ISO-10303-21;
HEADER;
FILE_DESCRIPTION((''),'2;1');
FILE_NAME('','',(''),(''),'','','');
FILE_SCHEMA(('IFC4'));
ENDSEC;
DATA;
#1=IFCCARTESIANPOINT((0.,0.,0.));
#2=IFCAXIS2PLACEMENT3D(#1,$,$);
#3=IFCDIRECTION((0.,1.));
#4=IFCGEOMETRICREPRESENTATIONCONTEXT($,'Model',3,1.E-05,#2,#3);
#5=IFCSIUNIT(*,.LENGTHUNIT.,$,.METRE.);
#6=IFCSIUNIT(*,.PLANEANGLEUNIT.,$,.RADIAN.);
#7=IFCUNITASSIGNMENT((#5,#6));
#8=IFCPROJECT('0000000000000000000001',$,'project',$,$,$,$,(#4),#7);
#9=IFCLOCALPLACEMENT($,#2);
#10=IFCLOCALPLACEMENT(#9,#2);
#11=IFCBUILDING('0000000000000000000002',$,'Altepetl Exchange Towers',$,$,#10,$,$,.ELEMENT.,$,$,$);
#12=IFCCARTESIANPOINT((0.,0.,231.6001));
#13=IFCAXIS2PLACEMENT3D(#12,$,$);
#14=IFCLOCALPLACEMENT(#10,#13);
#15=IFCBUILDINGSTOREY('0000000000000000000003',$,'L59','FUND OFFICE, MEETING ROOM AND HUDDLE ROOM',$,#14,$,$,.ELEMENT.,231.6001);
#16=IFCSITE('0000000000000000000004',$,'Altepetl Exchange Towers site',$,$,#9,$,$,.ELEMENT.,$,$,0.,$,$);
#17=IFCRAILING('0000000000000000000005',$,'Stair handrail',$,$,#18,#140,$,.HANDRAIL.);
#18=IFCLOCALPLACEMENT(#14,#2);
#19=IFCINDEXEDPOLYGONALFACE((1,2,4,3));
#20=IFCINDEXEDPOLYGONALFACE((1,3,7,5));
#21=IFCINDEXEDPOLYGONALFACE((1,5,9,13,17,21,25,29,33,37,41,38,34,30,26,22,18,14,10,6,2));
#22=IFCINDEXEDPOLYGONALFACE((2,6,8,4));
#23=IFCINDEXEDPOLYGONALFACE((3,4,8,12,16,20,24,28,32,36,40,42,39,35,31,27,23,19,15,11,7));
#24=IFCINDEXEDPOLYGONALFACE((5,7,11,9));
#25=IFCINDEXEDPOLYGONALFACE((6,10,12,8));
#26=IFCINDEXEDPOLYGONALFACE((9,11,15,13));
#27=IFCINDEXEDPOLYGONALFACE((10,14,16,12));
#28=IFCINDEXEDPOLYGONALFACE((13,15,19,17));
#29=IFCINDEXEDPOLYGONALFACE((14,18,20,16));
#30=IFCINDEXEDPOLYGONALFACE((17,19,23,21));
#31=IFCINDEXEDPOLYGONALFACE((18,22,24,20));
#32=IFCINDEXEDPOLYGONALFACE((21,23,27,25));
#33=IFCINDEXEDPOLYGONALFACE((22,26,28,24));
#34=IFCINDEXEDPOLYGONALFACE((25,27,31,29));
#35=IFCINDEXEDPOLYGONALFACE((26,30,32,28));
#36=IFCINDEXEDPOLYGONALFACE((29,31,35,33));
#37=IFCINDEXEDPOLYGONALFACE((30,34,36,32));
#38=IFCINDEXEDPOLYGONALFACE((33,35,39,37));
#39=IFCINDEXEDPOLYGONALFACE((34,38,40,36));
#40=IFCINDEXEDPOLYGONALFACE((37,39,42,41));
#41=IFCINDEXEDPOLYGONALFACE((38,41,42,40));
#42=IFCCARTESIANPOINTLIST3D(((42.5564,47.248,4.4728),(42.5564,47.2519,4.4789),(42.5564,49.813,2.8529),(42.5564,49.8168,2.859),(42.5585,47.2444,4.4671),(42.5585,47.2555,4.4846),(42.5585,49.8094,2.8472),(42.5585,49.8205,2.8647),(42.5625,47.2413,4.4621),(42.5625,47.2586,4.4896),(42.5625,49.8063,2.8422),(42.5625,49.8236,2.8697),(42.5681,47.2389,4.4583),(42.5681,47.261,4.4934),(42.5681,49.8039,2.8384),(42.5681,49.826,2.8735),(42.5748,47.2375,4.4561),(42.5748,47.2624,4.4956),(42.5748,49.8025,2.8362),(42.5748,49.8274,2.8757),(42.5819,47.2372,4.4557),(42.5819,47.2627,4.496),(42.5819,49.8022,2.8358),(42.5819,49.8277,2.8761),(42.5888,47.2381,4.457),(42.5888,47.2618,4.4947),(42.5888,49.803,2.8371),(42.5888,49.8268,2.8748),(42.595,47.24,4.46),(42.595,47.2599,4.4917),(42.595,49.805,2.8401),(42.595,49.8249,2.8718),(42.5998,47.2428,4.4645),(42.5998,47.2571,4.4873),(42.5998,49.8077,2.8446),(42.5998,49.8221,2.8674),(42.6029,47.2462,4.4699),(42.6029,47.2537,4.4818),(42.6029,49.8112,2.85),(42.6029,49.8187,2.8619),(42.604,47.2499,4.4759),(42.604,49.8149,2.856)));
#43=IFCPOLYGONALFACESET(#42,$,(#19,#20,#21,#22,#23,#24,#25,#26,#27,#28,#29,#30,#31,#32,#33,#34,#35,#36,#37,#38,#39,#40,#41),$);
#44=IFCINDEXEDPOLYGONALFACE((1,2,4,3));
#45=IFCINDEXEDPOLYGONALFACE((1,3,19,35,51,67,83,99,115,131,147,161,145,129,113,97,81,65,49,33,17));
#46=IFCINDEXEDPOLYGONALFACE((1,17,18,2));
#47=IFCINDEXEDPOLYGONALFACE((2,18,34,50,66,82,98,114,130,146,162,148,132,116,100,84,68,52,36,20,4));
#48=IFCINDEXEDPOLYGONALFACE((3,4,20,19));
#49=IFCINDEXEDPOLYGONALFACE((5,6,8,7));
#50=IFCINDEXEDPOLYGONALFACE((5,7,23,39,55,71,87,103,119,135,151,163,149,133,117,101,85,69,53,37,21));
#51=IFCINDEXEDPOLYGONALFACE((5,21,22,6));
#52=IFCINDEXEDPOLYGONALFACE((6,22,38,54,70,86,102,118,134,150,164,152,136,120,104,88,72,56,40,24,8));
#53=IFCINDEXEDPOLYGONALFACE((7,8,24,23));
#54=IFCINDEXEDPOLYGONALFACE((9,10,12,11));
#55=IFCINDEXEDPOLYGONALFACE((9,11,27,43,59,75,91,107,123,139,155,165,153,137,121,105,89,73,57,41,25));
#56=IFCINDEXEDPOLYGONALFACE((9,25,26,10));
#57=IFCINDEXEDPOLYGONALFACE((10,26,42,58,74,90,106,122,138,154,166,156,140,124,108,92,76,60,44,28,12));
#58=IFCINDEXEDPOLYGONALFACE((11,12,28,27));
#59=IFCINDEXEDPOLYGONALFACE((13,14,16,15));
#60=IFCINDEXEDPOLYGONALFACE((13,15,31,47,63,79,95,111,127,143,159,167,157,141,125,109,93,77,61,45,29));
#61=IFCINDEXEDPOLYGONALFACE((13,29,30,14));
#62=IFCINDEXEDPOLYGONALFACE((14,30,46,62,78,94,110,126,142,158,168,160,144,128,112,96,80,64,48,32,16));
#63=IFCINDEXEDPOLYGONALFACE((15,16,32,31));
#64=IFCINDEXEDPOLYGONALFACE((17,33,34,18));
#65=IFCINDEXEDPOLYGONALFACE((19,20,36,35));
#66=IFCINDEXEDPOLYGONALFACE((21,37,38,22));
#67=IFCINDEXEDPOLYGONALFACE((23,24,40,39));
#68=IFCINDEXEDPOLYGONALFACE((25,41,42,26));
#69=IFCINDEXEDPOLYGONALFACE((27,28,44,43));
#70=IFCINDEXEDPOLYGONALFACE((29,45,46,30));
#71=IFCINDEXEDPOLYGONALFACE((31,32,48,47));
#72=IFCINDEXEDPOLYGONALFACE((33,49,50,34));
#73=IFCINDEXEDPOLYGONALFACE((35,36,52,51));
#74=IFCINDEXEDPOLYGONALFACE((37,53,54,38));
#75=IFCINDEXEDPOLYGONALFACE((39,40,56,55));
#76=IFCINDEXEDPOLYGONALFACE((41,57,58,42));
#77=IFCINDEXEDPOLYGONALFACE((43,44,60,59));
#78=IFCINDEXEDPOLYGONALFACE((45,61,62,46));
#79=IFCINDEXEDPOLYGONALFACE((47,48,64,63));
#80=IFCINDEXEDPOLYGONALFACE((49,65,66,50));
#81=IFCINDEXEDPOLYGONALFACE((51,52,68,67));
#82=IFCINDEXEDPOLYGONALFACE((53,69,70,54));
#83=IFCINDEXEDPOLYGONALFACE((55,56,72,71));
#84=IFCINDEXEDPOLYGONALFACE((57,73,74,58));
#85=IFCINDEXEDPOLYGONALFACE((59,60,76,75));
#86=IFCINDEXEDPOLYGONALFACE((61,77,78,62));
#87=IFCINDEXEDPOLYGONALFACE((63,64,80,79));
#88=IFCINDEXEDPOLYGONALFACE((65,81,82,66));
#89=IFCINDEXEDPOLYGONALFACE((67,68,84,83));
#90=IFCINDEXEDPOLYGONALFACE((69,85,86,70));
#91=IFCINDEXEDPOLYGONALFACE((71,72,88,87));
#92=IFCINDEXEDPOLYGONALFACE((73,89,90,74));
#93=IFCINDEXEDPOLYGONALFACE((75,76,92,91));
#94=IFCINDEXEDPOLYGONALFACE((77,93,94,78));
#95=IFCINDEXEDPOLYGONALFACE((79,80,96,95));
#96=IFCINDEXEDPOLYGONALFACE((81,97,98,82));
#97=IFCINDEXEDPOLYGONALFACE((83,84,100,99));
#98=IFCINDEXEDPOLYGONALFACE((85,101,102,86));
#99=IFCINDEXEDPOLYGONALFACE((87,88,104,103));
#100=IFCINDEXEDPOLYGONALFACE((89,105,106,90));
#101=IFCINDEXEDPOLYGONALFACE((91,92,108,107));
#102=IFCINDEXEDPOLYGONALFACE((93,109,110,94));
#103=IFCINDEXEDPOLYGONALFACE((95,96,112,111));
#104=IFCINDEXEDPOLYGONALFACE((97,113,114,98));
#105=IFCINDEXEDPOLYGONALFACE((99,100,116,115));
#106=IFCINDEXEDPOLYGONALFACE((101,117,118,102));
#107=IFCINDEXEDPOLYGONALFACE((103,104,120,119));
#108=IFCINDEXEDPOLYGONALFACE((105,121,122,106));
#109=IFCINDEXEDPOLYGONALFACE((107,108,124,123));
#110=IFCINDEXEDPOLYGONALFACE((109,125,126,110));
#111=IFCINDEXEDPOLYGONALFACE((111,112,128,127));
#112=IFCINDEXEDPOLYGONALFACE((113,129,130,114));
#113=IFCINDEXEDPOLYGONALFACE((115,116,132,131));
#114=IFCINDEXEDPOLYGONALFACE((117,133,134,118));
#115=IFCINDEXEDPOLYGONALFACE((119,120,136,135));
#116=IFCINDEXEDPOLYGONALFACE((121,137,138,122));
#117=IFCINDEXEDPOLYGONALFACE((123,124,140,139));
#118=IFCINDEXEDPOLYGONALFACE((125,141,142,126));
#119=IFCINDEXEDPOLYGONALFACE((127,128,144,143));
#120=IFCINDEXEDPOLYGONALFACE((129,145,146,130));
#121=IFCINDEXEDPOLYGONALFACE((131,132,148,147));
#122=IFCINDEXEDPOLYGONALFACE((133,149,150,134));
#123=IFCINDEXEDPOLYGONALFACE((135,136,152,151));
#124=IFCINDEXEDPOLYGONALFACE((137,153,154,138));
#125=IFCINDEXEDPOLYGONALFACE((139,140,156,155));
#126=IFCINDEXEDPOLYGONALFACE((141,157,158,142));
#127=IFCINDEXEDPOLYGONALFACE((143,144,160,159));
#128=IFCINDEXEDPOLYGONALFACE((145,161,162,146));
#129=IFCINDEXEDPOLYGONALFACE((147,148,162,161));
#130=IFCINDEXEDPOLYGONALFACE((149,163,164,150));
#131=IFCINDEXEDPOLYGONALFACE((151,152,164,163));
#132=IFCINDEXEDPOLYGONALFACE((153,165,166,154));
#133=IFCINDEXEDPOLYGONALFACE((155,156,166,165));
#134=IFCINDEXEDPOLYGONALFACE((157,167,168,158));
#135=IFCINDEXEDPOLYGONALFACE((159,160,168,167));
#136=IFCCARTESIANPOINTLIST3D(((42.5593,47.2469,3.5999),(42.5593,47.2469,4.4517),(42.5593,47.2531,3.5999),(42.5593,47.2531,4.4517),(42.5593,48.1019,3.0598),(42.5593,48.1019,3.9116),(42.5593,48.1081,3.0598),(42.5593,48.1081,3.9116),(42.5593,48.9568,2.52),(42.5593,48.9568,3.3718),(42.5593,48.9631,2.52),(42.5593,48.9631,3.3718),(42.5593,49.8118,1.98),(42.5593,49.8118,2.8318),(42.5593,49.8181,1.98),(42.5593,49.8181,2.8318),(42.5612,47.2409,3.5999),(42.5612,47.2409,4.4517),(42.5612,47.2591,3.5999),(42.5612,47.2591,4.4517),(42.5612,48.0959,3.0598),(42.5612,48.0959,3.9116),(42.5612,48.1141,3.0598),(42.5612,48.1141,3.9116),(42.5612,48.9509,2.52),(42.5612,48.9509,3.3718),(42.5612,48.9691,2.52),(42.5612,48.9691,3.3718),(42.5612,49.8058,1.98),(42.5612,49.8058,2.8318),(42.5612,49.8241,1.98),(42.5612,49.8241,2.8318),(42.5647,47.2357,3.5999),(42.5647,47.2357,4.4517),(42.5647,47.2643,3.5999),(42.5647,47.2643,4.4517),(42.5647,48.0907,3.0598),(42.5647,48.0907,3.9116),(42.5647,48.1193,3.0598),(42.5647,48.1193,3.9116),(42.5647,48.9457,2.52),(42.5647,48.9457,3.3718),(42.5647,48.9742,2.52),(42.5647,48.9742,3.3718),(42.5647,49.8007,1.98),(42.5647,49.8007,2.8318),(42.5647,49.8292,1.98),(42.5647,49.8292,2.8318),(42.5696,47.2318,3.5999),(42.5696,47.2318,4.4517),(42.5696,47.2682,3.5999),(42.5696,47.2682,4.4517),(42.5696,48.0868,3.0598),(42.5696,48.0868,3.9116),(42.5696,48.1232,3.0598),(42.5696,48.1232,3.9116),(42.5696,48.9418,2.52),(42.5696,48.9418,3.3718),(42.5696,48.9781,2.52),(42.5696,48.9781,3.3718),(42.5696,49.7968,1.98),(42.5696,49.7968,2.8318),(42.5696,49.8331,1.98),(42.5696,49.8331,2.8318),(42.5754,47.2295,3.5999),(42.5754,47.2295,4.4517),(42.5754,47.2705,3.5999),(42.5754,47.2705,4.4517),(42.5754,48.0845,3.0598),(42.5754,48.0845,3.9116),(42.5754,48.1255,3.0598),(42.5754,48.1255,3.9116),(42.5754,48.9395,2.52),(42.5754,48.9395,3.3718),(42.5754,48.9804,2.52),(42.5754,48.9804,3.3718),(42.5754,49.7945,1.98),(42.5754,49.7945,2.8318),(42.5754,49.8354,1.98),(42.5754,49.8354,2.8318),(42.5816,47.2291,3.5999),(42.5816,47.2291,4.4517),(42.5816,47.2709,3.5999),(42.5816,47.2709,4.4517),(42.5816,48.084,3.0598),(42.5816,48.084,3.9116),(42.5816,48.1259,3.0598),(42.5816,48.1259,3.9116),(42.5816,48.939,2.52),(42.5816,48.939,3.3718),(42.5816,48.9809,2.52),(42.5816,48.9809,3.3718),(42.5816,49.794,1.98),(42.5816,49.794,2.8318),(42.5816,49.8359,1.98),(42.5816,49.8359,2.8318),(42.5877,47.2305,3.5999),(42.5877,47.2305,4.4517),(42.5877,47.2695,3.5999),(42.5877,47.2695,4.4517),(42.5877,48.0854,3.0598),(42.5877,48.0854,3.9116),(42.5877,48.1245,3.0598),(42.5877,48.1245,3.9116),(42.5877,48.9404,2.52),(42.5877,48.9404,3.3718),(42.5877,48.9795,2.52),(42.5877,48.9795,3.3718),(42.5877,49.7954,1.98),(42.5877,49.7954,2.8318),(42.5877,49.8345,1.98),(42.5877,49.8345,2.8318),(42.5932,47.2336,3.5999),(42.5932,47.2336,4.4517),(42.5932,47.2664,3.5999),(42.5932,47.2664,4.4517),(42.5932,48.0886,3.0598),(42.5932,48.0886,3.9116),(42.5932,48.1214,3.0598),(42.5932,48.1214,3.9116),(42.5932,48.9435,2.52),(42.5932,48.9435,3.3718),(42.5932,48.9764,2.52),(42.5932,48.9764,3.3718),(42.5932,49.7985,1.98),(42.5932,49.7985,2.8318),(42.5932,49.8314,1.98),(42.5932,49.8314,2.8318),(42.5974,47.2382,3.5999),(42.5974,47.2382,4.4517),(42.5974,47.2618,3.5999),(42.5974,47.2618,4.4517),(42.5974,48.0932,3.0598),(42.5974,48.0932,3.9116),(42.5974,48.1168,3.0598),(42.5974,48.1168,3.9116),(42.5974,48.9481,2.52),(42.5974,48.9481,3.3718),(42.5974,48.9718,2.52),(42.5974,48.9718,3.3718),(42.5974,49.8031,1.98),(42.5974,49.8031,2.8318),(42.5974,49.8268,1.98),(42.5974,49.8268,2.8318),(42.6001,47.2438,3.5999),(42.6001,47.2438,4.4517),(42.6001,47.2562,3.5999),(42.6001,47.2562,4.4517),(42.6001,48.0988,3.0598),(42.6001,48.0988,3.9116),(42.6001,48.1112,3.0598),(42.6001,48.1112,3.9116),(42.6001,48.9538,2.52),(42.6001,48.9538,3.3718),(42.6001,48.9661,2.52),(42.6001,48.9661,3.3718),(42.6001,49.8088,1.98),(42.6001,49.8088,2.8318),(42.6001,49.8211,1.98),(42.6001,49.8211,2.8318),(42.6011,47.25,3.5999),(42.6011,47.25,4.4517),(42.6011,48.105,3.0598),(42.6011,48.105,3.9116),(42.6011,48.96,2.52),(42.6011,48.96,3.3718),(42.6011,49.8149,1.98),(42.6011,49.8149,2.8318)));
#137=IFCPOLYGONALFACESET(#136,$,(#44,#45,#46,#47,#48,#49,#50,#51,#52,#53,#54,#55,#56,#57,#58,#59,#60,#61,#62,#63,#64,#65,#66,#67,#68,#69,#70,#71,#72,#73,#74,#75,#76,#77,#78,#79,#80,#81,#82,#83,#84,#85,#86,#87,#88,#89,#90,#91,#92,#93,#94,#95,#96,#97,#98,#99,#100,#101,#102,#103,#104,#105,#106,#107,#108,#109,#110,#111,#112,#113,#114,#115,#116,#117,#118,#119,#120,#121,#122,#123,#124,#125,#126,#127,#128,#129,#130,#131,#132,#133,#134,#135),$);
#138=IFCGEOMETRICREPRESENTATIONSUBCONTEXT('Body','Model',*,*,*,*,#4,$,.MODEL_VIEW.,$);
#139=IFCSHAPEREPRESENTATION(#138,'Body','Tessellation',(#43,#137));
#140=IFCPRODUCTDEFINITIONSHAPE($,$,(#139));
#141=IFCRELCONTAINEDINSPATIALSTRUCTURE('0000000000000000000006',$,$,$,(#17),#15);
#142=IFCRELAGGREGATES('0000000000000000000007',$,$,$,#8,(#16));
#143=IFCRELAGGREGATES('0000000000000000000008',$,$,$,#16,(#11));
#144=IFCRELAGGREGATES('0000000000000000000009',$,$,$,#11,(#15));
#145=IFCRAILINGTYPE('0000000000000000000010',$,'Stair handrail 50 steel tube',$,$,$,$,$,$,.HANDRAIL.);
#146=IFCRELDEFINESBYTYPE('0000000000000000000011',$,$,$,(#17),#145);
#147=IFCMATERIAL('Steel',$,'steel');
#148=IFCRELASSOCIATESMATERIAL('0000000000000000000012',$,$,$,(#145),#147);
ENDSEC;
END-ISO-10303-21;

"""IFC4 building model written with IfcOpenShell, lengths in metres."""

from ifc_helpers import new_model, si_unit, direction, frame, origin, origin_2d, place, context, subcontext, project, spatial, circle, extrude, source, transform, mapped, material, type_object, element, save


model = new_model("IFC4")

# Units and contexts
model_context = context("Model", 3, precision=1e-05, world=origin(), true_north=direction((0.0, 1.0)))
body_context = subcontext(model_context, "Body", "Model", "MODEL_VIEW")
ifc_project = project(units=[si_unit("LENGTHUNIT", "METRE"), si_unit("PLANEANGLEUNIT", "RADIAN")], contexts=[model_context])

# Site, building, storey
site_placement = place(None, origin())
site = spatial("IfcSite", under=ifc_project, at=site_placement, Name="Altepetl Exchange Towers site", CompositionType="ELEMENT", RefElevation=0.0)
building_placement = place(site_placement, origin())
building = spatial("IfcBuilding", under=site, at=building_placement, Name="Altepetl Exchange Towers", CompositionType="ELEMENT")
storey_placement = place(building_placement, frame((0.0, 0.0, 231.6001)))
storey = spatial("IfcBuildingStorey", under=building, at=storey_placement, Name="L59", Description="FUND OFFICE, MEETING ROOM AND HUDDLE ROOM", CompositionType="ELEMENT", Elevation=231.6001)

# Railing
ifc_material_1 = material(Name="Steel", Category="steel")
railing_type = type_object("IfcRailingType", Name="Stair handrail 50 steel tube", PredefinedType="HANDRAIL", material=ifc_material_1)
shared_shape = source(origin(), body_context, "Body", "SweptSolid", [
    extrude(circle(Radius=0.021, at=origin_2d()), origin(), (0.0, 0.0, 1.0), 0.8518),
])
railing_1_placement = place(storey_placement, frame((42.5801, 49.8149, 1.98)))
element("IfcRailing", 1, at=railing_1_placement, inside=storey, type_object=railing_type, Name="Stair handrail", PredefinedType="HANDRAIL", context=body_context, shape_type="SweptSolid", body=[
    extrude(circle(Radius=0.0239, at=origin_2d()), frame((0.0, 0.0, 0.876), z_axis=(0.0, -0.845502, 0.533972), x_axis=(1.0, 0.0, 0.0)), (0.0, 0.0, 1.0), 3.0337),
    mapped(shared_shape, transform((0.0, 0.0, 0.0))),
    mapped(shared_shape, transform((0.0, -0.855, 0.54))),
    mapped(shared_shape, transform((0.0, -1.71, 1.0798))),
    mapped(shared_shape, transform((0.0, -2.5649, 1.6199))),
])

save(model, "model.ifc")
